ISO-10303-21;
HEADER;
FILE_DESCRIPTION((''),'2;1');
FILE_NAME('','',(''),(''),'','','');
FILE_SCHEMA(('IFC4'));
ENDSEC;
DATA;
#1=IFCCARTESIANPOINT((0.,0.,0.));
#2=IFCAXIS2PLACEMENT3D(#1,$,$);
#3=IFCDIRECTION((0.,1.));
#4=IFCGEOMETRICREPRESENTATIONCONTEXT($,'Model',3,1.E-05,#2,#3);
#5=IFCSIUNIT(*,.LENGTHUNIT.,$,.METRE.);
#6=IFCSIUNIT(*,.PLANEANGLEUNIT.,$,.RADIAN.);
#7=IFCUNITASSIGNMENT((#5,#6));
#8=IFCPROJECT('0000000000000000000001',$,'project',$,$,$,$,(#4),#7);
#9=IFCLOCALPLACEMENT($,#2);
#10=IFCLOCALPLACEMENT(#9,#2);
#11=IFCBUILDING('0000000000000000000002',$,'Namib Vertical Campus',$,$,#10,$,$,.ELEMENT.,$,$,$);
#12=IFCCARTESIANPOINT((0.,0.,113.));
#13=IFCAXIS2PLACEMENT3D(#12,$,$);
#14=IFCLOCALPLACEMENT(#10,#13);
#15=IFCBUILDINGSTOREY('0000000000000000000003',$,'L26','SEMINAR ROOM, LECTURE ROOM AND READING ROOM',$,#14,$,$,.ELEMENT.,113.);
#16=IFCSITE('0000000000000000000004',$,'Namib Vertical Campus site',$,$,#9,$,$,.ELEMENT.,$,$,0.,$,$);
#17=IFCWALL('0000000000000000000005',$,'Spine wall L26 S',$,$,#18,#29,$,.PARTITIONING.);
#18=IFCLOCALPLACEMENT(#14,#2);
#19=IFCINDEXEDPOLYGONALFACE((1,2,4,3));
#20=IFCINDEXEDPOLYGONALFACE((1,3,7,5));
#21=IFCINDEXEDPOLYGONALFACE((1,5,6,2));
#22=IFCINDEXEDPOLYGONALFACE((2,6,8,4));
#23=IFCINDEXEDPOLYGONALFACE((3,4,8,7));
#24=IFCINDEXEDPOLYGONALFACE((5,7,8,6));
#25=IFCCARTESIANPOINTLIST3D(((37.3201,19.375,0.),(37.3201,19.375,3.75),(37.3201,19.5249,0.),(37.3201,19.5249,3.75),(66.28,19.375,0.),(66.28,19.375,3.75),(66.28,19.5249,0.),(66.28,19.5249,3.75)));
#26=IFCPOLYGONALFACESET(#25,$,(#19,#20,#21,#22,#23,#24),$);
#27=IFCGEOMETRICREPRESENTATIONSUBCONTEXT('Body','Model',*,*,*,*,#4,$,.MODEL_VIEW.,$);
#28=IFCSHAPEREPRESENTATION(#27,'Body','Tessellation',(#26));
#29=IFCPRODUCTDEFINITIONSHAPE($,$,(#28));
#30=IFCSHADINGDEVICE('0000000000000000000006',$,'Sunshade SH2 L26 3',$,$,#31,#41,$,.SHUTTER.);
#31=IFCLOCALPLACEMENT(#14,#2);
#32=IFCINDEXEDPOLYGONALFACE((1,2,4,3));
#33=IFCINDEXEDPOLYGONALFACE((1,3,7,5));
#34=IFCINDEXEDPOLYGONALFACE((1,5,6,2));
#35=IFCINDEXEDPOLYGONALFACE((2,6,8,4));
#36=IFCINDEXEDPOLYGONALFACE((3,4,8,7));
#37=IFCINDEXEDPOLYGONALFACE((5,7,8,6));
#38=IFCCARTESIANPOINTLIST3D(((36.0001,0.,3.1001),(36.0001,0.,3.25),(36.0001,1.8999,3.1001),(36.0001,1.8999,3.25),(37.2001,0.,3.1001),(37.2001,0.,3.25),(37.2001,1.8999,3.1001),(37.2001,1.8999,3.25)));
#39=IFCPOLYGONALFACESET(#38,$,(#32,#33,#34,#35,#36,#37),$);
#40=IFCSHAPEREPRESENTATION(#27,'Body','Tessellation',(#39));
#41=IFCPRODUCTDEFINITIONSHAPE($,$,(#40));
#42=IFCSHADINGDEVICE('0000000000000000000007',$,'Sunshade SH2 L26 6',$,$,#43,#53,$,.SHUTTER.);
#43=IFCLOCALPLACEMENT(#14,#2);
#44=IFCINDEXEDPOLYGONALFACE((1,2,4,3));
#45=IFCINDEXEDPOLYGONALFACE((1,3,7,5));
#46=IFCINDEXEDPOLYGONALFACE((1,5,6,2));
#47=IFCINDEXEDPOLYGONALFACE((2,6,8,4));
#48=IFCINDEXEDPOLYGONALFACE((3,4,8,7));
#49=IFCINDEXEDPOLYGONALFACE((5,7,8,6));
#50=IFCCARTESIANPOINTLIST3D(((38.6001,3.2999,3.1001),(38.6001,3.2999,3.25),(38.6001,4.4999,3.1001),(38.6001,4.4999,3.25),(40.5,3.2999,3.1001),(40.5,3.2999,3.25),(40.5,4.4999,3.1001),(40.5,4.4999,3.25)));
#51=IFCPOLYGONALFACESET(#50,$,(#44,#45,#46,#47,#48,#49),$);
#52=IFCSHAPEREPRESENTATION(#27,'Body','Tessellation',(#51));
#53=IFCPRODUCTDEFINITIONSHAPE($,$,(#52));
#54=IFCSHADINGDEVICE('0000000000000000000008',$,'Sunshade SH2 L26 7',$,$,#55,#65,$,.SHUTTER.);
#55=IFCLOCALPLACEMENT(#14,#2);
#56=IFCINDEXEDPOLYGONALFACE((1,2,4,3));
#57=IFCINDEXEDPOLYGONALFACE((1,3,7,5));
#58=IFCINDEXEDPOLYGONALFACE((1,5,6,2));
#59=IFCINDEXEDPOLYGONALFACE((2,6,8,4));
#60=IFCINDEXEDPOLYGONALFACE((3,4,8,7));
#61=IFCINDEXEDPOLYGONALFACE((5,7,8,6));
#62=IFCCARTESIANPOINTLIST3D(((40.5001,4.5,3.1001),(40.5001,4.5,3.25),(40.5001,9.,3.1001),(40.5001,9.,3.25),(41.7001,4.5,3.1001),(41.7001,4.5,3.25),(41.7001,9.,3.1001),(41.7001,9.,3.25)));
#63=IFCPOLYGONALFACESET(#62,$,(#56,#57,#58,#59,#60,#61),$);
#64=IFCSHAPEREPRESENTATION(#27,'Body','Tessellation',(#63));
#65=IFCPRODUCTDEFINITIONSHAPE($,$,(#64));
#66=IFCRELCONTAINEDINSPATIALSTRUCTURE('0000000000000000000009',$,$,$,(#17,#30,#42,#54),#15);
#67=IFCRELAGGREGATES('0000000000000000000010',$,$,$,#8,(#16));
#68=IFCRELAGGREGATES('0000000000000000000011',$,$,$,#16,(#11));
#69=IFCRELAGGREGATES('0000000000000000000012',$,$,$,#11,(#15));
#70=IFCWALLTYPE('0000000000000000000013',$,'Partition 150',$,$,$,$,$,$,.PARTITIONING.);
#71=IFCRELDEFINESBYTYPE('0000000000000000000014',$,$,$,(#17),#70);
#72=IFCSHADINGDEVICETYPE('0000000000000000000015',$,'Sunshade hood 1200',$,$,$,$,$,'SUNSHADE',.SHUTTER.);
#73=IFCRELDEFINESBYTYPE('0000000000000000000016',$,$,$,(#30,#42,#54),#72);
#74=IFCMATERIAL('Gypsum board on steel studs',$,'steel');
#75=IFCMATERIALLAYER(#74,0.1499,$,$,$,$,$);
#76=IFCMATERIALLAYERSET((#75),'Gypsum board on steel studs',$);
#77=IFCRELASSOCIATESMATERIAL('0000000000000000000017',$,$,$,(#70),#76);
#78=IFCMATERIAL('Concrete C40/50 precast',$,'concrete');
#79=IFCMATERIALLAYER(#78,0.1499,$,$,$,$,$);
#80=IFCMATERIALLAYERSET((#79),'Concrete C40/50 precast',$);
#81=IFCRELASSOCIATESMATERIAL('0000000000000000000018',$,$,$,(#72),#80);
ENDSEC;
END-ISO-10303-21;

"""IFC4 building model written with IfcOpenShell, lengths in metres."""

from ifc_helpers import new_model, si_unit, direction, frame, frame_2d, origin, origin_2d, place, context, subcontext, project, spatial, rectangle, extrude, material, layer, layer_set, type_object, element, save


model = new_model("IFC4")

# Units and contexts
model_context = context("Model", 3, precision=1e-05, world=origin(), true_north=direction((0.0, 1.0)))
body_context = subcontext(model_context, "Body", "Model", "MODEL_VIEW")
ifc_project = project(units=[si_unit("LENGTHUNIT", "METRE"), si_unit("PLANEANGLEUNIT", "RADIAN")], contexts=[model_context])

# Site, building, storey
site_placement = place(None, origin())
site = spatial("IfcSite", under=ifc_project, at=site_placement, Name="Namib Vertical Campus site", CompositionType="ELEMENT", RefElevation=0.0)
building_placement = place(site_placement, origin())
building = spatial("IfcBuilding", under=site, at=building_placement, Name="Namib Vertical Campus", CompositionType="ELEMENT")
storey_placement = place(building_placement, frame((0.0, 0.0, 113.0)))
storey = spatial("IfcBuildingStorey", under=building, at=storey_placement, Name="L26", Description="SEMINAR ROOM, LECTURE ROOM AND READING ROOM", CompositionType="ELEMENT", Elevation=113.0)

# Wall
ifc_material_1 = material(Name="Gypsum board on steel studs", Category="steel")
ifc_layer_1 = layer(ifc_material_1, 0.1499)
ifc_layer_set_1 = layer_set([ifc_layer_1], Name="Gypsum board on steel studs")
wall_type_1 = type_object("IfcWallType", Name="Partition 150", PredefinedType="PARTITIONING", material=ifc_layer_set_1)
wall_1_placement = place(storey_placement, frame((37.3201, 19.45, 0.0), z_axis=(0.0, 0.0, 1.0), x_axis=(1.0, 0.0, 0.0)))
element("IfcWall", 1, at=wall_1_placement, inside=storey, type_object=wall_type_1, Name="Spine wall L26 S", PredefinedType="PARTITIONING", context=body_context, shape_type="SweptSolid", body=[
    extrude(rectangle(XDim=28.96, YDim=0.1499, at=frame_2d((14.48, 0.0))), origin(), (0.0, 0.0, 1.0), 3.75),
])

# Shading devices
ifc_material_2 = material(Name="Concrete C40/50 precast", Category="concrete")
ifc_layer_2 = layer(ifc_material_2, 0.1499)
ifc_layer_set_2 = layer_set([ifc_layer_2], Name="Concrete C40/50 precast")
shading_device_type = type_object("IfcShadingDeviceType", Name="Sunshade hood 1200", ElementType="SUNSHADE", PredefinedType="SHUTTER", material=ifc_layer_set_2)
for number, where, z_axis, x_axis, name in (
    (2, (36.6001, 0.95, 3.1001), (0.0, 0.0, 1.0), (0.0, 1.0, 0.0), "Sunshade SH2 L26 3"),
    (3, (39.55, 3.8999, 3.1001), (0.0, 0.0, 1.0), (1.0, 0.0, 0.0), "Sunshade SH2 L26 6"),
):
    element("IfcShadingDevice", number, at=place(storey_placement, frame(where, z_axis=z_axis, x_axis=x_axis)), inside=storey, type_object=shading_device_type, Name=name, PredefinedType="SHUTTER", context=body_context, shape_type="SweptSolid", body=[
        extrude(rectangle(XDim=1.8999, YDim=1.2, at=origin_2d()), origin(), (0.0, 0.0, 1.0), 0.1499),
    ])
shading_device_placement = place(storey_placement, frame((41.1001, 6.75, 3.1001), z_axis=(0.0, 0.0, 1.0), x_axis=(0.0, 1.0, 0.0)))
element("IfcShadingDevice", 4, at=shading_device_placement, inside=storey, type_object=shading_device_type, Name="Sunshade SH2 L26 7", PredefinedType="SHUTTER", context=body_context, shape_type="SweptSolid", body=[
    extrude(rectangle(XDim=4.5, YDim=1.2, at=origin_2d()), origin(), (0.0, 0.0, 1.0), 0.1499),
])

save(model, "model.ifc")
